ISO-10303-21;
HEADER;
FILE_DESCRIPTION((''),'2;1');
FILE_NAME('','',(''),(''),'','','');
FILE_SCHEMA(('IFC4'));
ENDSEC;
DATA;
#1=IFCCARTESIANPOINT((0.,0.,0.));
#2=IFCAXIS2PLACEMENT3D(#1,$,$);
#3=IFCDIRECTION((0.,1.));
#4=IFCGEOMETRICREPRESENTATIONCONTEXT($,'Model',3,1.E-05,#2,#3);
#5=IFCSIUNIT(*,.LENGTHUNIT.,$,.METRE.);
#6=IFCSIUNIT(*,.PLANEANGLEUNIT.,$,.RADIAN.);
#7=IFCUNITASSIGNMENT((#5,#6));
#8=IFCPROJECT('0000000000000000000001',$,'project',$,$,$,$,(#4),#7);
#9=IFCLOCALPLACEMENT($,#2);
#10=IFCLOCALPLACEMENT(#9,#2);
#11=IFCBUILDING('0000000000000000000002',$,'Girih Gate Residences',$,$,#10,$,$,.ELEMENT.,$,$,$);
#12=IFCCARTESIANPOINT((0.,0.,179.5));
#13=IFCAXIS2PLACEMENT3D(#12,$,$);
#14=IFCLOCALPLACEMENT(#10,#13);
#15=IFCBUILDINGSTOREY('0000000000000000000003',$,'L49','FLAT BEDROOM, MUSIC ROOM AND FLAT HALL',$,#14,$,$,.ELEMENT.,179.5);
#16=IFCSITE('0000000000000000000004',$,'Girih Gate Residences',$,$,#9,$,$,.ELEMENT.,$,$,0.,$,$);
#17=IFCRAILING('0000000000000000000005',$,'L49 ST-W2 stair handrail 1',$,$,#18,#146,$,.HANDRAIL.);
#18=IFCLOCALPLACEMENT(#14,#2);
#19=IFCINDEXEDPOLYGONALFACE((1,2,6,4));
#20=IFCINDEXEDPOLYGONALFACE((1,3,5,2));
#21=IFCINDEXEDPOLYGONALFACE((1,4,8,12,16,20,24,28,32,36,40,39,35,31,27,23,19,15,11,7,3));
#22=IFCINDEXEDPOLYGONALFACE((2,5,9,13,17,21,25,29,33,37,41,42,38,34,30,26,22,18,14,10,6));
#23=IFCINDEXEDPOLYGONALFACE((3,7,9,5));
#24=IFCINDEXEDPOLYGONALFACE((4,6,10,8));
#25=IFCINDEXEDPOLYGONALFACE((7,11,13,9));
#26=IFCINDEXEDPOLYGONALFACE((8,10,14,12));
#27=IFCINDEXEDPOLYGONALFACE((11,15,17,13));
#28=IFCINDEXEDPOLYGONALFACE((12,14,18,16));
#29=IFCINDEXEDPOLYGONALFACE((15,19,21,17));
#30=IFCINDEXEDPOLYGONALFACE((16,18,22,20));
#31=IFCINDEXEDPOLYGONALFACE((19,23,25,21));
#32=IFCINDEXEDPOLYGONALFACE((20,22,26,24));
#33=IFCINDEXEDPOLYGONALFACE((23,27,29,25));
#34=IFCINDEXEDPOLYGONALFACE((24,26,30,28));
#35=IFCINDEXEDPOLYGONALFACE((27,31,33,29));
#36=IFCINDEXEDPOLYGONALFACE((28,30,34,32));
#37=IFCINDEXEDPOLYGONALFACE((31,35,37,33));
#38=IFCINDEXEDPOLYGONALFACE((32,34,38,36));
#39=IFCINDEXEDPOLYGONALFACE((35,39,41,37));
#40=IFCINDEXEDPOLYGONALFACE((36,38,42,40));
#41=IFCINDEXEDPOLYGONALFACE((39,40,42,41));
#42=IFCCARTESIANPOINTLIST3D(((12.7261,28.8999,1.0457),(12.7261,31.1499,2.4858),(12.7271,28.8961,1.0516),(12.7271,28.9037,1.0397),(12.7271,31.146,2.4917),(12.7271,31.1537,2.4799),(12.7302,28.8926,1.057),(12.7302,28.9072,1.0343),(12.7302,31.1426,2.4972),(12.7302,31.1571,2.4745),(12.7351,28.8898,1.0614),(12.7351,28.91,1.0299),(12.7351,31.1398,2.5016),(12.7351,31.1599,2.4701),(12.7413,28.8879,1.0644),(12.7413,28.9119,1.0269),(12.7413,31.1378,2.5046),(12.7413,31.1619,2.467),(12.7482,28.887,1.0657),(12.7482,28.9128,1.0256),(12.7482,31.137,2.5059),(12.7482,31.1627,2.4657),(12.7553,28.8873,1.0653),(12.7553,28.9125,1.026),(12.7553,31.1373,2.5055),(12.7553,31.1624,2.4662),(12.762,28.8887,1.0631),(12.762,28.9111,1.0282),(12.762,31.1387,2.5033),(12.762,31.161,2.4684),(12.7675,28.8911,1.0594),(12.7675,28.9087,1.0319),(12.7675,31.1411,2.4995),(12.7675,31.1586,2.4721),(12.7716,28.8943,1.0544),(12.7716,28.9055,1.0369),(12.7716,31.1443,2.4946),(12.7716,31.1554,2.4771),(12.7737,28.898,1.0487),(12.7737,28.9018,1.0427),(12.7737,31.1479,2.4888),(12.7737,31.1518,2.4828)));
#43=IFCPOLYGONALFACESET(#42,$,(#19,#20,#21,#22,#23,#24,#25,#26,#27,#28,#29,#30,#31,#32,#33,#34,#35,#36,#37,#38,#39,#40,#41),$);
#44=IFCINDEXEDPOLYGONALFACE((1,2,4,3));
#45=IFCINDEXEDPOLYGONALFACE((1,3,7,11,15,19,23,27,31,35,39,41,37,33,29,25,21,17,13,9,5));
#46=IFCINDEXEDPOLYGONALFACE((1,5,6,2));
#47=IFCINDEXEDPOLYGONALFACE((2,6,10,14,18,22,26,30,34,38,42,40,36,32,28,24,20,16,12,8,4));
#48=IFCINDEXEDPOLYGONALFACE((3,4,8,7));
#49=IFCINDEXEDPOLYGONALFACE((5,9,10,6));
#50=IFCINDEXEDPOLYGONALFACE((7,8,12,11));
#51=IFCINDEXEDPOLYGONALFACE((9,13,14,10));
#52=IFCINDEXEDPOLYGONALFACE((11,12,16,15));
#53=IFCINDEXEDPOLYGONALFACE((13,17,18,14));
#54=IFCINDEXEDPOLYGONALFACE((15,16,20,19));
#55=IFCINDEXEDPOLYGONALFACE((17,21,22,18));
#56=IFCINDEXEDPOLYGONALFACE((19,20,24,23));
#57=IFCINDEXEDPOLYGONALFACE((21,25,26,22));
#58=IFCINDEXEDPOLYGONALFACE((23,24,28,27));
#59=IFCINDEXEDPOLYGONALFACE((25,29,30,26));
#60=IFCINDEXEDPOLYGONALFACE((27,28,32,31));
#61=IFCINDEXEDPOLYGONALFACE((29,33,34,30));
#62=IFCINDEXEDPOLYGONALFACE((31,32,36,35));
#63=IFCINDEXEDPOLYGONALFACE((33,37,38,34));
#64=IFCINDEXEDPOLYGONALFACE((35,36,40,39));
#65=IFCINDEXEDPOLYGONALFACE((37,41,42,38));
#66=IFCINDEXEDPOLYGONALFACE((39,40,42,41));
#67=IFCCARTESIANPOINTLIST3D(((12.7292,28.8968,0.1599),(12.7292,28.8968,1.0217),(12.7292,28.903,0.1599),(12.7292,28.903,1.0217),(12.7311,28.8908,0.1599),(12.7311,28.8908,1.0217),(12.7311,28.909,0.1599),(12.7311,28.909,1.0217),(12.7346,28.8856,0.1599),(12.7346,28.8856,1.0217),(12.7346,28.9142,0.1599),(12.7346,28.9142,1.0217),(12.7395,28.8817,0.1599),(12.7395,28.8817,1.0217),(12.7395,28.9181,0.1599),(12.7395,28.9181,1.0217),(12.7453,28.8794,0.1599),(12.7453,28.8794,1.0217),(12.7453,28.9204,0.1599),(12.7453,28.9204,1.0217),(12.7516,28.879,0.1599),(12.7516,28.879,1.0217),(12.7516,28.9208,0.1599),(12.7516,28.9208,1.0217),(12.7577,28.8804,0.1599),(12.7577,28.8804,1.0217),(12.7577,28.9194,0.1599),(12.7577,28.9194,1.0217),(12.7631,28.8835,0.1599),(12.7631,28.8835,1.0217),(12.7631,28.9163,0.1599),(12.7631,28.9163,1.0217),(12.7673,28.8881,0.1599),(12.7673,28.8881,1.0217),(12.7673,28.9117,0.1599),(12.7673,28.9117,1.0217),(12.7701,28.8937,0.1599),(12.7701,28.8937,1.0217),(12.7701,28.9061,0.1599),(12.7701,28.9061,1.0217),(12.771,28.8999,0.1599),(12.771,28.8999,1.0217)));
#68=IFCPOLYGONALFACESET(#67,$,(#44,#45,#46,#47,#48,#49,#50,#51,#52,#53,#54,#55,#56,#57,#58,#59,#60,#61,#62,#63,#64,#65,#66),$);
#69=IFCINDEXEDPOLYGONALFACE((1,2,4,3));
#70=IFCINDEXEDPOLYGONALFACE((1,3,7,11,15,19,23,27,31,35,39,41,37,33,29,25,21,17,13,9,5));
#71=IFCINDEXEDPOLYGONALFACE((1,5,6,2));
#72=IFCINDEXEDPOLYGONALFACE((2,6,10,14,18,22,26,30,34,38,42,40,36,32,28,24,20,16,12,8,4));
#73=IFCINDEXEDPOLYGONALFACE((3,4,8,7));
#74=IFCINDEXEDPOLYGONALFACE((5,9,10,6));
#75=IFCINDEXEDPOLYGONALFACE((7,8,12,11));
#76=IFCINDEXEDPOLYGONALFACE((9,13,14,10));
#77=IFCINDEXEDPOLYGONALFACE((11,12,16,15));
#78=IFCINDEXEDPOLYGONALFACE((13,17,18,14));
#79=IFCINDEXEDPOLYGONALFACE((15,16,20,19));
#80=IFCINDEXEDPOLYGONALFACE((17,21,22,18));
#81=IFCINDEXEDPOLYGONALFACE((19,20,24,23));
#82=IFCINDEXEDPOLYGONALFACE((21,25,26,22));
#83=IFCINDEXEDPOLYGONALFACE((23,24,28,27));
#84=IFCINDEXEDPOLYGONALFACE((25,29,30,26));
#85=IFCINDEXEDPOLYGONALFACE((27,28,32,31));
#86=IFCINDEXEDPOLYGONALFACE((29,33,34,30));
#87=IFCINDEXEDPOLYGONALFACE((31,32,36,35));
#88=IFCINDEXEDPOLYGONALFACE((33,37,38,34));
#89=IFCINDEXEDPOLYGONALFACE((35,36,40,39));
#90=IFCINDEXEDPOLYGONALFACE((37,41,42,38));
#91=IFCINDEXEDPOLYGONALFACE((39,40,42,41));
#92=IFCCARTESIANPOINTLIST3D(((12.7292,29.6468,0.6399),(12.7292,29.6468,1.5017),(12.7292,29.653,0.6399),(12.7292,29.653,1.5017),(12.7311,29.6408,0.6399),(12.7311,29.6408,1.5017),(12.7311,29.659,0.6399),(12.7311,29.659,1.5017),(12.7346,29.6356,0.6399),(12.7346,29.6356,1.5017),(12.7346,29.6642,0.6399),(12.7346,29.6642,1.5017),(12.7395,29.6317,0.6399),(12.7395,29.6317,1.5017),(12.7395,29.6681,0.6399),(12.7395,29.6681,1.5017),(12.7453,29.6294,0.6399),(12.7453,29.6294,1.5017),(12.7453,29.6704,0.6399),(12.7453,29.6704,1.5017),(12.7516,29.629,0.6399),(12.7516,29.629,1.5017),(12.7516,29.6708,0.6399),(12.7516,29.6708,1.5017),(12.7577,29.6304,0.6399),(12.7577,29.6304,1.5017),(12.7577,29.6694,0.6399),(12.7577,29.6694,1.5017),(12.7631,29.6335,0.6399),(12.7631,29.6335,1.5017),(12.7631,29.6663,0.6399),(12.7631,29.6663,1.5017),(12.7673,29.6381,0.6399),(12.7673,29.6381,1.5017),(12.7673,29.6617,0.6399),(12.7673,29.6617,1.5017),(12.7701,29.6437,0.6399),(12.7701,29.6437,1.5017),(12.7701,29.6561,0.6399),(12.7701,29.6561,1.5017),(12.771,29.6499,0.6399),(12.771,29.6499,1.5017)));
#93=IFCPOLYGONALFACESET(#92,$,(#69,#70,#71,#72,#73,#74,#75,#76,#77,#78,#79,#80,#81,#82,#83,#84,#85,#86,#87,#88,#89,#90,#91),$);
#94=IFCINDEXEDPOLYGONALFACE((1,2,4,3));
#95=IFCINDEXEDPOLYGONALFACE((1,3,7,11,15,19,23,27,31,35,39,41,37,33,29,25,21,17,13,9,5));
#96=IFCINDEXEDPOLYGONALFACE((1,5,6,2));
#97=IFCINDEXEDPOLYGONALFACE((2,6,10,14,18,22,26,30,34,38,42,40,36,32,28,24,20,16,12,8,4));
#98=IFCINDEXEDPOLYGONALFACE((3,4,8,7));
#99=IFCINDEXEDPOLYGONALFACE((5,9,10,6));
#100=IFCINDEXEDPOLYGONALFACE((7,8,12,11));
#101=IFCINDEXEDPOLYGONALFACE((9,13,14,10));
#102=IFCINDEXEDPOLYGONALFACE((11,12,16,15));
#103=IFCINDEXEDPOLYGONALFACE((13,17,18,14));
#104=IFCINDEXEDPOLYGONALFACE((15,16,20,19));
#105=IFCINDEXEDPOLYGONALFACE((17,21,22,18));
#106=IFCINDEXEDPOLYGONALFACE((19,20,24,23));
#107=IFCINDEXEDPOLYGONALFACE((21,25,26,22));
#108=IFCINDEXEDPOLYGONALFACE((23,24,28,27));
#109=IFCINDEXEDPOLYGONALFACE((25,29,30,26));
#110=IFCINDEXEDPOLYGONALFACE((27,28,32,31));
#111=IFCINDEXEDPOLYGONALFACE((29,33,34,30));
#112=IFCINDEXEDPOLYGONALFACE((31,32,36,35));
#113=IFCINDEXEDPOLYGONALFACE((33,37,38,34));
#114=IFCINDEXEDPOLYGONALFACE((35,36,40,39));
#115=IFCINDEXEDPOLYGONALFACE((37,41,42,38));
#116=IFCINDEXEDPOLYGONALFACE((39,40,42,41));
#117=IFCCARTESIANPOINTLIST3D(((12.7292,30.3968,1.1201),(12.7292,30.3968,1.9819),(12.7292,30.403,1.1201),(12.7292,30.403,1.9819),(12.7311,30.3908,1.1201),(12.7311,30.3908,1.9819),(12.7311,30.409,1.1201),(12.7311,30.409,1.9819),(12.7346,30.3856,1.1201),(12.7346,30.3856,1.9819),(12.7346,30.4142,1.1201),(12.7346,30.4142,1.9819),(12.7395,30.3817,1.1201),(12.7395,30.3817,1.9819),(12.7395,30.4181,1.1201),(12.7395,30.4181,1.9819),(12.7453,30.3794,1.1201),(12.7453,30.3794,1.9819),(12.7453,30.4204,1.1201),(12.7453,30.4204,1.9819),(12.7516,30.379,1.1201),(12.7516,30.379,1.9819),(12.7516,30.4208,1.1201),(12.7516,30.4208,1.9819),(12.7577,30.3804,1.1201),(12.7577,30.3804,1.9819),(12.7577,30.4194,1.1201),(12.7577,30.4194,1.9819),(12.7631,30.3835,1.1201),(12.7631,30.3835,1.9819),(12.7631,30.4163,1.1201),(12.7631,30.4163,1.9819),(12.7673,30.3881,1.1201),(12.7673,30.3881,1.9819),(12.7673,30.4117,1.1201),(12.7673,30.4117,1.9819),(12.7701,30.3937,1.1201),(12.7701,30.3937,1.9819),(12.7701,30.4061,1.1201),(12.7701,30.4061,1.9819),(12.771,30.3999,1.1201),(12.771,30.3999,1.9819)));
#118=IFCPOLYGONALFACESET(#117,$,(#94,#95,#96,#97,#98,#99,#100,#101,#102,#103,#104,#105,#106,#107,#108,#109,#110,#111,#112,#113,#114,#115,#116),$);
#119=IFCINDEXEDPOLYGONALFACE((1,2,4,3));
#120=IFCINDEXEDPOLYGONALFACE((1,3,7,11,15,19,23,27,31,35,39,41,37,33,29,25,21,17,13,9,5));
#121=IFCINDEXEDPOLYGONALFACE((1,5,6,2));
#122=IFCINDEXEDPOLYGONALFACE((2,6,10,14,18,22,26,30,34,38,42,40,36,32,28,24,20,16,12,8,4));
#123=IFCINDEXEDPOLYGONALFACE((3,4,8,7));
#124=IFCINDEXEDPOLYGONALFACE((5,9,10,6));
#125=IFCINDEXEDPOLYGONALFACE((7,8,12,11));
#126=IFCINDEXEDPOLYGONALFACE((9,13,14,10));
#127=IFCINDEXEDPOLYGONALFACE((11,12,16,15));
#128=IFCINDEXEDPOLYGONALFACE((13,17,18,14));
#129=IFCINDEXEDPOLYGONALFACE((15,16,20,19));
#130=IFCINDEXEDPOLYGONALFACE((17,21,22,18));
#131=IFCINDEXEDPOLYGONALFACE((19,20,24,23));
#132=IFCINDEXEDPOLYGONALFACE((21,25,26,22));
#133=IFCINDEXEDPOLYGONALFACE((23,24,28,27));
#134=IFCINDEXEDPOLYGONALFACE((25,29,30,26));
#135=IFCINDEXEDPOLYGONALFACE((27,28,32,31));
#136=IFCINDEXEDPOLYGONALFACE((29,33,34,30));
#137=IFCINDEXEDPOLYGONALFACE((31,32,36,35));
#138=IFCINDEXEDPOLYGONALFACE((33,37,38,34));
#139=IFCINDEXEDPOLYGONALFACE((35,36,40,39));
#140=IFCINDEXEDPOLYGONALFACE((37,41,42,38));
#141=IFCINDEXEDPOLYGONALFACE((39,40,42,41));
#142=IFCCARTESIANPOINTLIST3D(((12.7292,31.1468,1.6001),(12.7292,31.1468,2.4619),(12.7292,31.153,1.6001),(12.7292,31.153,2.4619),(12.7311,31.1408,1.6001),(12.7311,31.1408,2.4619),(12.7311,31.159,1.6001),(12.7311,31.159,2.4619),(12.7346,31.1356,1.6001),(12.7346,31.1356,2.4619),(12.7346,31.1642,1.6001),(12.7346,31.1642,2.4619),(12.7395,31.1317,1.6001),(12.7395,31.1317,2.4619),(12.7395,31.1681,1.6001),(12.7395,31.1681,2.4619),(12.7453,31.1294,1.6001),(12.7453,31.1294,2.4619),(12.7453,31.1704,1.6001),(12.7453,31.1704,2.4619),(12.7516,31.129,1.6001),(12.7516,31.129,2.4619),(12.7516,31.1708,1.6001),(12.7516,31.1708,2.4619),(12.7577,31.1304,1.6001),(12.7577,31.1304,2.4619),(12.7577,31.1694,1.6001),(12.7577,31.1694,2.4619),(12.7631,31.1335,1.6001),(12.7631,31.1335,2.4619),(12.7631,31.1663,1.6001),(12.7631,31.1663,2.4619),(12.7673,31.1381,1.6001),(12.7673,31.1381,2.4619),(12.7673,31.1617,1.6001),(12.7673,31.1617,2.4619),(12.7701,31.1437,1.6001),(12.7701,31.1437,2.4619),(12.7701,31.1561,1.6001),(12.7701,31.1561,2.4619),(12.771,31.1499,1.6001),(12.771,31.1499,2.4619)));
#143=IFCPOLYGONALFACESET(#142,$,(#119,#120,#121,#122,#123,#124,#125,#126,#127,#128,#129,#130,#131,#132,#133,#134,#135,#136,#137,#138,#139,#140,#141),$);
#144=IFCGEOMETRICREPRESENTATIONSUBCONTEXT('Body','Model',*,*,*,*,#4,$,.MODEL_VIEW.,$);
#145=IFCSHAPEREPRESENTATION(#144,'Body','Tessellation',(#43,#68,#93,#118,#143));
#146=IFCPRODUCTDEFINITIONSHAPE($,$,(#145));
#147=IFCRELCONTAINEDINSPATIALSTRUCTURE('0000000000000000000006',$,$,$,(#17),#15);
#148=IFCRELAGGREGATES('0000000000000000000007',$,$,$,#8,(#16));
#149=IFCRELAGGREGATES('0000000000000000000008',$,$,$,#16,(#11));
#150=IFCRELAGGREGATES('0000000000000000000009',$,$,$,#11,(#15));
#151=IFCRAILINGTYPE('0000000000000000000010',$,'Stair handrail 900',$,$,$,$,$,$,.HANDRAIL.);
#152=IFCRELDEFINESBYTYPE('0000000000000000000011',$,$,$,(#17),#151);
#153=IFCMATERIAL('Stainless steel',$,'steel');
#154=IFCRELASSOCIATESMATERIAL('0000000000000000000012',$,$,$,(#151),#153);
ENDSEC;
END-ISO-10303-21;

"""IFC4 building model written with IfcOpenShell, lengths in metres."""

from ifc_helpers import new_model, si_unit, direction, frame, origin, origin_2d, place, context, subcontext, project, spatial, circle, extrude, material, type_object, element, save


model = new_model("IFC4")

# Units and contexts
model_context = context("Model", 3, precision=1e-05, world=origin(), true_north=direction((0.0, 1.0)))
body_context = subcontext(model_context, "Body", "Model", "MODEL_VIEW")
ifc_project = project(units=[si_unit("LENGTHUNIT", "METRE"), si_unit("PLANEANGLEUNIT", "RADIAN")], contexts=[model_context])

# Site, building, storey
site_placement = place(None, origin())
site = spatial("IfcSite", under=ifc_project, at=site_placement, Name="Girih Gate Residences", CompositionType="ELEMENT", RefElevation=0.0)
building_placement = place(site_placement, origin())
building = spatial("IfcBuilding", under=site, at=building_placement, Name="Girih Gate Residences", CompositionType="ELEMENT")
storey_placement = place(building_placement, frame((0.0, 0.0, 179.5)))
storey = spatial("IfcBuildingStorey", under=building, at=storey_placement, Name="L49", Description="FLAT BEDROOM, MUSIC ROOM AND FLAT HALL", CompositionType="ELEMENT", Elevation=179.5)

# Railing
ifc_material_1 = material(Name="Stainless steel", Category="steel")
railing_type_1 = type_object("IfcRailingType", Name="Stair handrail 900", PredefinedType="HANDRAIL", material=ifc_material_1)
railing_1_placement = place(storey_placement, frame((12.75, 28.8999, 0.1599)))
element("IfcRailing", 1, at=railing_1_placement, inside=storey, type_object=railing_type_1, Name="L49 ST-W2 stair handrail 1", PredefinedType="HANDRAIL", context=body_context, shape_type="SweptSolid", body=[
    extrude(circle(Radius=0.0239, at=origin_2d()), frame((0.0, 0.0, 0.8857), z_axis=(0.0, 0.84224, 0.539103), x_axis=(-1.0, 0.0, 0.0)), (0.0, 0.0, 1.0), 2.6714),
    extrude(circle(Radius=0.021, at=origin_2d()), origin(), (0.0, 0.0, 1.0), 0.8618),
    extrude(circle(Radius=0.021, at=origin_2d()), frame((0.0, 0.75, 0.48)), (0.0, 0.0, 1.0), 0.8618),
    extrude(circle(Radius=0.021, at=origin_2d()), frame((0.0, 1.5, 0.9602)), (0.0, 0.0, 1.0), 0.8618),
    extrude(circle(Radius=0.021, at=origin_2d()), frame((0.0, 2.25, 1.4402)), (0.0, 0.0, 1.0), 0.8618),
])

save(model, "model.ifc")
